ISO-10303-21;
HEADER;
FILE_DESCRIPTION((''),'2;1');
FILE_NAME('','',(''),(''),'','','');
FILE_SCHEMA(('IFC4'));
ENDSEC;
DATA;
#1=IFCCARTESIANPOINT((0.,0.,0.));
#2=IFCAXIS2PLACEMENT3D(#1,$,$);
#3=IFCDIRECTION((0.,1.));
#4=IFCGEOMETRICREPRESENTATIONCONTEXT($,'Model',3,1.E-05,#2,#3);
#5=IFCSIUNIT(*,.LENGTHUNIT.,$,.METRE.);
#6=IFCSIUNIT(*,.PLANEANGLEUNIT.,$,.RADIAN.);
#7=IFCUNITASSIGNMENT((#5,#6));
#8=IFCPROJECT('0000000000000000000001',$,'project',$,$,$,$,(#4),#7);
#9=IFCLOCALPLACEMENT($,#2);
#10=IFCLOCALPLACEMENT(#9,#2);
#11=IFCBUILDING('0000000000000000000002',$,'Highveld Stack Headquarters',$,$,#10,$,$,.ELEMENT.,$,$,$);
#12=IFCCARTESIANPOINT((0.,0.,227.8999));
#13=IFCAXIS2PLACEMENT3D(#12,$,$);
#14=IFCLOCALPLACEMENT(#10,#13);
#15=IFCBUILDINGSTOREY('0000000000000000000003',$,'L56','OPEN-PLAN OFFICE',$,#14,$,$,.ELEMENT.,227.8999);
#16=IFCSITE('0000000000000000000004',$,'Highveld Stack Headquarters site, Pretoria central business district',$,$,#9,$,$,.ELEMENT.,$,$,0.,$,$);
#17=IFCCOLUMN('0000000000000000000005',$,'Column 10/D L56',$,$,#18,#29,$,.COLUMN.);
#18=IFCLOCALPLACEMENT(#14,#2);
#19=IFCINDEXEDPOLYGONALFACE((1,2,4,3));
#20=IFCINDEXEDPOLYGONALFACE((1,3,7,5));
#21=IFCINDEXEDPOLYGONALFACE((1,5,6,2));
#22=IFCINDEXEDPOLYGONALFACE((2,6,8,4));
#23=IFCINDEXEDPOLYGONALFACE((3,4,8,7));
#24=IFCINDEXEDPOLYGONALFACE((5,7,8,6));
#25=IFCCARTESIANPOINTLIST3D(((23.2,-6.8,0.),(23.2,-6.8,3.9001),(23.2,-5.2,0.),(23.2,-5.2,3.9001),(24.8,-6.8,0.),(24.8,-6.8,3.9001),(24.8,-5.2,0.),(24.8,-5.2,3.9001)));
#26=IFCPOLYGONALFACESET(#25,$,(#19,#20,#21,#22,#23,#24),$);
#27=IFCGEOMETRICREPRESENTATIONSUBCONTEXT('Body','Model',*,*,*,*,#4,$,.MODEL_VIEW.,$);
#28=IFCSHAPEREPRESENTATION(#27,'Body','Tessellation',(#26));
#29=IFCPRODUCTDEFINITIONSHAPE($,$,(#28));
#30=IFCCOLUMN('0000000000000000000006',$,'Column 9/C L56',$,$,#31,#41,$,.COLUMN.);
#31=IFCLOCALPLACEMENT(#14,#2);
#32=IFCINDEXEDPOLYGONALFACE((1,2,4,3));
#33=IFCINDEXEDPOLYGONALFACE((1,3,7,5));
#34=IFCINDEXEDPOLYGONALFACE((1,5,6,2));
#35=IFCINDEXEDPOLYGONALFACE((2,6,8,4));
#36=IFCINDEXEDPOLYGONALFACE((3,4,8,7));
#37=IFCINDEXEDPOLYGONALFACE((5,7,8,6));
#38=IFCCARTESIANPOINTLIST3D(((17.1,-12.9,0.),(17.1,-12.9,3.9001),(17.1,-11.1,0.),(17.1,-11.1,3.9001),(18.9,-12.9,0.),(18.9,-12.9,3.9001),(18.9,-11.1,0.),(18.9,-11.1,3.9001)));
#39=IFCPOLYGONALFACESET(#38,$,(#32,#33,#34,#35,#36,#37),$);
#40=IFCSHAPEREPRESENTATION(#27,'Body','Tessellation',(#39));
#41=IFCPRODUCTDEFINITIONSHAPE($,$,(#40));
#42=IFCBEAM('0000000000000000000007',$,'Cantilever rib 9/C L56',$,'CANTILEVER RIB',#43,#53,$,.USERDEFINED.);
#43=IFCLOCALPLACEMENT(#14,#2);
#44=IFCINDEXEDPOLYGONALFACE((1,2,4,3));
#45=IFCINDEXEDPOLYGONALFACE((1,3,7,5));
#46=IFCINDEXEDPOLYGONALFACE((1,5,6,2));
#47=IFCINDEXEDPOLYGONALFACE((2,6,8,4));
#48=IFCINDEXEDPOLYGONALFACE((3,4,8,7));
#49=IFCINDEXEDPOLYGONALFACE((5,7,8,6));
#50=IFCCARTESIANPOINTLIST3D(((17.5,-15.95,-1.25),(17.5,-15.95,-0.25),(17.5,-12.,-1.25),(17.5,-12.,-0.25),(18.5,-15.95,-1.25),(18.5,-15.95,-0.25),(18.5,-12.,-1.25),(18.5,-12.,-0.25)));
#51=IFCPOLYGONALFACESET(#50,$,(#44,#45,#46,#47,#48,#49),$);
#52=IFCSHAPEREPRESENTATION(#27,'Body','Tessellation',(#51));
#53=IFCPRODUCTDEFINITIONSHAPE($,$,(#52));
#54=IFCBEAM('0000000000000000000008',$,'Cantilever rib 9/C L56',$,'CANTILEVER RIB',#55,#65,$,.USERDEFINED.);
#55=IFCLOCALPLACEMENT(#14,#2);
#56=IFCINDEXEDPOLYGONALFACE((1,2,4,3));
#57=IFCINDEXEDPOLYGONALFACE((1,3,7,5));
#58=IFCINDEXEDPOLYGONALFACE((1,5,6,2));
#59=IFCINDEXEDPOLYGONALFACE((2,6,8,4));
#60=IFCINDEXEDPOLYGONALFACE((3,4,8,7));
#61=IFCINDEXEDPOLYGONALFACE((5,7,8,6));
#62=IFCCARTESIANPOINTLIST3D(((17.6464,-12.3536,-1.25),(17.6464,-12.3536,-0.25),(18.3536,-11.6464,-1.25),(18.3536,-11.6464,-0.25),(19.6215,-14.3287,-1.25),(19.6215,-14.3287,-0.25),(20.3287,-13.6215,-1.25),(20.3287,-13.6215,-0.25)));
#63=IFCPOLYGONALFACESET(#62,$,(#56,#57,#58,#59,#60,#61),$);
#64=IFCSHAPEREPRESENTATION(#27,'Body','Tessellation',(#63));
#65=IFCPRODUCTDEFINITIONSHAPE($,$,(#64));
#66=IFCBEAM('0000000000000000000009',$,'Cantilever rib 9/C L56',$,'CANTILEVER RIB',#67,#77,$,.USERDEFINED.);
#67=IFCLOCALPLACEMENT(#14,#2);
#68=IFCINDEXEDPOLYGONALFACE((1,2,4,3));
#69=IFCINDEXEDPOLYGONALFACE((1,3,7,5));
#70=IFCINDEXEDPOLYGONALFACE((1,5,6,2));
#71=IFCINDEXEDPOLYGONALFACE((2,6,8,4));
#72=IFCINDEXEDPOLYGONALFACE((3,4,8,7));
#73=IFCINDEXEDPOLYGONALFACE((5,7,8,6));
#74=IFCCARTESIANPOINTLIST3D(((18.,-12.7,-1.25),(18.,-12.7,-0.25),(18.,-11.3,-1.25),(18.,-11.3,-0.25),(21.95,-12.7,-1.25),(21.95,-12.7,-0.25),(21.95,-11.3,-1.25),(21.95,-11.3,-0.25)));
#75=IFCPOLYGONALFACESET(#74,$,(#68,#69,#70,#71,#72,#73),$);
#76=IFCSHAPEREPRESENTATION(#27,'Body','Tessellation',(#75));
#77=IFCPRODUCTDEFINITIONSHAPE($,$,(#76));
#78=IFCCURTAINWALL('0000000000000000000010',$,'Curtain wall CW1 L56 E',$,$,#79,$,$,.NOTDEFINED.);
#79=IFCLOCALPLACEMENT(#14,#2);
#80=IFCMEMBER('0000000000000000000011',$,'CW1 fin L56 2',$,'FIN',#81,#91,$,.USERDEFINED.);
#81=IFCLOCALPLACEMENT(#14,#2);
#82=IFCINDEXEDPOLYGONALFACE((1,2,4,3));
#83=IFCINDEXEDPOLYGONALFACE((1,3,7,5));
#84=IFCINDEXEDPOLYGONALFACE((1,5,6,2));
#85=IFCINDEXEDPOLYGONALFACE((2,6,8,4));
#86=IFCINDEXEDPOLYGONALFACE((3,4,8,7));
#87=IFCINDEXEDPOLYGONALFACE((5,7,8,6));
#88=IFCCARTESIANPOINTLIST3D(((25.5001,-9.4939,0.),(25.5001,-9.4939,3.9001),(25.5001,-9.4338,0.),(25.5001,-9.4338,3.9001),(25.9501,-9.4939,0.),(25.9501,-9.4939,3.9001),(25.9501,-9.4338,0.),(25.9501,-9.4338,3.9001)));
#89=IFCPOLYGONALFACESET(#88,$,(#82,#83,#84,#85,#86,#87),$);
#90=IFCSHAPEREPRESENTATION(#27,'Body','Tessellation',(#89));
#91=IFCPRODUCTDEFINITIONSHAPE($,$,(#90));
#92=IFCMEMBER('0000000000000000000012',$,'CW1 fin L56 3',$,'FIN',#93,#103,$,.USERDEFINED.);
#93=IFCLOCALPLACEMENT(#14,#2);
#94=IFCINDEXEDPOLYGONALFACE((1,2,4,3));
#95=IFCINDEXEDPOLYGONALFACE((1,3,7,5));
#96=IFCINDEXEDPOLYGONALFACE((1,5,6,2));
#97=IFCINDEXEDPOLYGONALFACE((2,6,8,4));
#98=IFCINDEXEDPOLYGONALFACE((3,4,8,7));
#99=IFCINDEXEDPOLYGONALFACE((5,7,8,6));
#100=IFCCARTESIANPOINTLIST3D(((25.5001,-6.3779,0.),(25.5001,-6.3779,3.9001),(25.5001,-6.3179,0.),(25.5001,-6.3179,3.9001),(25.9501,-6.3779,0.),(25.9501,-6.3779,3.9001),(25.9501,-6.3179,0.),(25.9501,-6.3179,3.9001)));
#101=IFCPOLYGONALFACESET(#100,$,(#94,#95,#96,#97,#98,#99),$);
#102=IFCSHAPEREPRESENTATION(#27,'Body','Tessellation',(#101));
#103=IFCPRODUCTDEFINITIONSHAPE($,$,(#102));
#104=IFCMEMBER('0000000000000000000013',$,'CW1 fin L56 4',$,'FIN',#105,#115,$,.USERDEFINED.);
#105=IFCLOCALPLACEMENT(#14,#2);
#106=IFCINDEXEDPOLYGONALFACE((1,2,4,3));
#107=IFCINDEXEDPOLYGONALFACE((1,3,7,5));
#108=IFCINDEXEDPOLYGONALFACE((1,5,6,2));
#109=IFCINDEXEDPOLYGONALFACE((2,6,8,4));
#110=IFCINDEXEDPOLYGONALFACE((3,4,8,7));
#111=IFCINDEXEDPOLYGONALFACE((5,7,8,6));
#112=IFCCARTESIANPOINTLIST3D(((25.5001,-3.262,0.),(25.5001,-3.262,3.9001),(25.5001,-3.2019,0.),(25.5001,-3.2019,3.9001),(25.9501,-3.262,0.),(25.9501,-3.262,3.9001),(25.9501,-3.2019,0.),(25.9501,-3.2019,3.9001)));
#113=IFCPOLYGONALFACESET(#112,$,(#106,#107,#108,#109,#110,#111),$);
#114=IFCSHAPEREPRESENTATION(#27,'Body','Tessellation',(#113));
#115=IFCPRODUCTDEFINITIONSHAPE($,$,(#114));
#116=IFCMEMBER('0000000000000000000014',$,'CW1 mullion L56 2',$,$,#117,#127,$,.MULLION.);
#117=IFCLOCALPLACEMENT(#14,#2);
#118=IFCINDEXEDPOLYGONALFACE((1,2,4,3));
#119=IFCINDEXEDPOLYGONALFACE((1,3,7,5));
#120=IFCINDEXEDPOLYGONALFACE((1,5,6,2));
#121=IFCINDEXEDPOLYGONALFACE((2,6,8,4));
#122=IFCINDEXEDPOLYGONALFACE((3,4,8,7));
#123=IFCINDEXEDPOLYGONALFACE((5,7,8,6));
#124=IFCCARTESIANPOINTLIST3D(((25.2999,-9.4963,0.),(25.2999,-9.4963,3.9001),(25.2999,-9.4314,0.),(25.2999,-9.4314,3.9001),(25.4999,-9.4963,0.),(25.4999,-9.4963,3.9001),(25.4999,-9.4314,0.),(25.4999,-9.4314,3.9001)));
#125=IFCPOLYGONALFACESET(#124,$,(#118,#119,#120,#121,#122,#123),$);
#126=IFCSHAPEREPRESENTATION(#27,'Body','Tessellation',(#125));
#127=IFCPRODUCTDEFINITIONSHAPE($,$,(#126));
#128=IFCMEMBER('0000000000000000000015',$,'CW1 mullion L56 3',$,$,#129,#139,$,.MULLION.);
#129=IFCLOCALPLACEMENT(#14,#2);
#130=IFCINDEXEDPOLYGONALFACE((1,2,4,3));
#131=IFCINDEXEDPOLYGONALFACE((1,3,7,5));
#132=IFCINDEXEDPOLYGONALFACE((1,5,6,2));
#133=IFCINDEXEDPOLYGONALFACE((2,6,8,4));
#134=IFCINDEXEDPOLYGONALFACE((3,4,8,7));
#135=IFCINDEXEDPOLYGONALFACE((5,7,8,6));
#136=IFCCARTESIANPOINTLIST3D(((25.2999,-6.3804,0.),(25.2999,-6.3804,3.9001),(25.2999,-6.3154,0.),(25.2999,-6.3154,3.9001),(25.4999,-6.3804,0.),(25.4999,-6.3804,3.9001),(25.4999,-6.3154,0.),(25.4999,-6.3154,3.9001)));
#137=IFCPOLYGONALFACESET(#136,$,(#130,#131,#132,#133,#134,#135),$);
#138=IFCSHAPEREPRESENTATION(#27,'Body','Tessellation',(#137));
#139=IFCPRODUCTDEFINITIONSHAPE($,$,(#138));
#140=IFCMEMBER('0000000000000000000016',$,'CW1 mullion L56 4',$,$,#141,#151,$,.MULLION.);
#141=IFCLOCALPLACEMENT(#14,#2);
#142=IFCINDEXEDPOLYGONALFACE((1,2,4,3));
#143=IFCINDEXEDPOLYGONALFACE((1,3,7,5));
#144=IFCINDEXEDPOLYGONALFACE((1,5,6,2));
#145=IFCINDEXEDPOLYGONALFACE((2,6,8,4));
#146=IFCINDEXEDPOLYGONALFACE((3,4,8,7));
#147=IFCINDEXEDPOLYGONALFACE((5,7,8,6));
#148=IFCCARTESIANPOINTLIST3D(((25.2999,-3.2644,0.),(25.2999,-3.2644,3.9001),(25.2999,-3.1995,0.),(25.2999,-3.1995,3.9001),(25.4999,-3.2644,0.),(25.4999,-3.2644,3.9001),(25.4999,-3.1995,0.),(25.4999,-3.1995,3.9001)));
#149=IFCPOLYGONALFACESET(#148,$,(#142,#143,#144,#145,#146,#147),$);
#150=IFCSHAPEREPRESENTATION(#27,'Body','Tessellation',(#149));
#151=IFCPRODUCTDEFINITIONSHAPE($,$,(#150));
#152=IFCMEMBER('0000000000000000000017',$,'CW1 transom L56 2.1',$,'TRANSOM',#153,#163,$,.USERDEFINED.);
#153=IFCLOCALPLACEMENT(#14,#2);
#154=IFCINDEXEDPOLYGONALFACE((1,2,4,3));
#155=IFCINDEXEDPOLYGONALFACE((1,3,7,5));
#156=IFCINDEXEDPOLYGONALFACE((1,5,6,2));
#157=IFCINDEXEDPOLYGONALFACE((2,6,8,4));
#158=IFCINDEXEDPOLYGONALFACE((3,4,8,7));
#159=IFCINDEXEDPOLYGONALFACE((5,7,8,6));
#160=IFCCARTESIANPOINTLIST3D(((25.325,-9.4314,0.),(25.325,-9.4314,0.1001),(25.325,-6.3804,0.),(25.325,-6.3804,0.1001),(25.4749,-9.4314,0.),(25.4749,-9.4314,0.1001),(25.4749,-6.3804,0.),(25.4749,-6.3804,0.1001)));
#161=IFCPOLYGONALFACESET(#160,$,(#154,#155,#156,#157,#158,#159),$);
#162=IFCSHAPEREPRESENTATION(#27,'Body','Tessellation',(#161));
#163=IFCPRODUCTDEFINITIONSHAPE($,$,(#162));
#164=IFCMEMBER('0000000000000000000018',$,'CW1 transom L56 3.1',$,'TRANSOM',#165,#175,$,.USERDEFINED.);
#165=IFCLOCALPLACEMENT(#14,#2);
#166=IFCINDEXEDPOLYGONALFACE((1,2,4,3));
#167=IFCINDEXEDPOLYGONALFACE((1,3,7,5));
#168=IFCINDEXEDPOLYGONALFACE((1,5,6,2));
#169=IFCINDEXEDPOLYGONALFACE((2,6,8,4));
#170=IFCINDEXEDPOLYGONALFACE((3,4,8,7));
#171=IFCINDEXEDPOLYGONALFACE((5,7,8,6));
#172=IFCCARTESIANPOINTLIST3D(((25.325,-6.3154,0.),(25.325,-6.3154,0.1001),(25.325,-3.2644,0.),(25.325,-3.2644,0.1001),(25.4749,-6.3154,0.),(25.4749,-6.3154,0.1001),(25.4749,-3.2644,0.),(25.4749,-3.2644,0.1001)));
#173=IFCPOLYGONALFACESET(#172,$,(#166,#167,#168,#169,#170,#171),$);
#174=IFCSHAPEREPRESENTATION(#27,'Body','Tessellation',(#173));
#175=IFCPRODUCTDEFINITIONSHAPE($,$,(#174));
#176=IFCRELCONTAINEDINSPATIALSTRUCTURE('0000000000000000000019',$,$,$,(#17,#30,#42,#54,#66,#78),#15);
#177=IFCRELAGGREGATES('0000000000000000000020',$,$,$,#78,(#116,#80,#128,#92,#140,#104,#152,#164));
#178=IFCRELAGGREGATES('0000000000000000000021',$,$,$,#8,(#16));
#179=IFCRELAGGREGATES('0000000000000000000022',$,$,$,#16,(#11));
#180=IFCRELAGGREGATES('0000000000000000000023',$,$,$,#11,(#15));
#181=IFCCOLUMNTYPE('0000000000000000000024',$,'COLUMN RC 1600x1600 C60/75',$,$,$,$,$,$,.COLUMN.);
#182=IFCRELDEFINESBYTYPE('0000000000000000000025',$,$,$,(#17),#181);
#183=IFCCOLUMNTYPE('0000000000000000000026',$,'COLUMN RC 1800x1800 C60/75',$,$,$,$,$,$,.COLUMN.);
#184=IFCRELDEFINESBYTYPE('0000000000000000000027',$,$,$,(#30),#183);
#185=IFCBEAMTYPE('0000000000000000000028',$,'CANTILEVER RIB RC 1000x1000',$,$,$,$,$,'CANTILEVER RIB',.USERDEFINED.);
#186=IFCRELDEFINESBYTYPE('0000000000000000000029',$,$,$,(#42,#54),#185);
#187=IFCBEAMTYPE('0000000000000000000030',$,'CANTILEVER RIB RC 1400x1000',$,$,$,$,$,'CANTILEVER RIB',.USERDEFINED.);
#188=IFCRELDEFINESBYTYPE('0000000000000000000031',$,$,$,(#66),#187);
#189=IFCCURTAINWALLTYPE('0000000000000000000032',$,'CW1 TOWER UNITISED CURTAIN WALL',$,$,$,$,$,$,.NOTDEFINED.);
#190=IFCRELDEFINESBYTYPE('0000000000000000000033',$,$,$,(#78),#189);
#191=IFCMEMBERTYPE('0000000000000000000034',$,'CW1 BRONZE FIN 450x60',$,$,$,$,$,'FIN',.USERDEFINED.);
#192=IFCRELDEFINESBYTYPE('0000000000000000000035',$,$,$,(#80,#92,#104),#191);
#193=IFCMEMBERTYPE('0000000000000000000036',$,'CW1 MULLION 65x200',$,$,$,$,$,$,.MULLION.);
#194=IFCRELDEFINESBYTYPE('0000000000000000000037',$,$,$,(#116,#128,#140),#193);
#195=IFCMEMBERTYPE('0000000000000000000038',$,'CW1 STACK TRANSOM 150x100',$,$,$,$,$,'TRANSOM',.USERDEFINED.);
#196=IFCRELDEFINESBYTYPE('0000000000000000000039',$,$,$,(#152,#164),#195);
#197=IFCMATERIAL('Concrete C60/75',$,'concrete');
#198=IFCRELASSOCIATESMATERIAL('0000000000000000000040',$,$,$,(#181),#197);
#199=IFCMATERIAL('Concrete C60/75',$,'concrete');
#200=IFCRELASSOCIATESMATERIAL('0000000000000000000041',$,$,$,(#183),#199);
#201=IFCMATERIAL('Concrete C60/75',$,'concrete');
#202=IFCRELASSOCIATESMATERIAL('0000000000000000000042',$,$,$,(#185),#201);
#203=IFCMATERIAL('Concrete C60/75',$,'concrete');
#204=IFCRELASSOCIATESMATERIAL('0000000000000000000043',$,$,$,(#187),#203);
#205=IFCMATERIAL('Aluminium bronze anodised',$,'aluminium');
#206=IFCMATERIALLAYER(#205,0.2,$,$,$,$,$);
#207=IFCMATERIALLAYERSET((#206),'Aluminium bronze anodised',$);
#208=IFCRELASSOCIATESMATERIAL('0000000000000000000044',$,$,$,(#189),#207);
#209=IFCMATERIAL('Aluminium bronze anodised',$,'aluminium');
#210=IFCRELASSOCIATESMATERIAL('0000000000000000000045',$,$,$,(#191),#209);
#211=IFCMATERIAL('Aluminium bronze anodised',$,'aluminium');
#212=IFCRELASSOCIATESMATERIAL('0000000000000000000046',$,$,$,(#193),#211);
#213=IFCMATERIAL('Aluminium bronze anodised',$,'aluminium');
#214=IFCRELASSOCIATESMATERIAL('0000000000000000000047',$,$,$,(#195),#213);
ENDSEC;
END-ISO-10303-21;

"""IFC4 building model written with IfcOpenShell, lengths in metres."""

from ifc_helpers import new_model, si_unit, direction, frame, origin, origin_2d, place, context, subcontext, project, spatial, rectangle, extrude, material, layer, layer_set, material_profile, profile_set, type_object, element, aggregate, save


model = new_model("IFC4")

# Units and contexts
model_context = context("Model", 3, precision=1e-05, world=origin(), true_north=direction((0.0, 1.0)))
body_context = subcontext(model_context, "Body", "Model", "MODEL_VIEW")
ifc_project = project(units=[si_unit("LENGTHUNIT", "METRE"), si_unit("PLANEANGLEUNIT", "RADIAN")], contexts=[model_context])

# Site, building, storey
site_placement = place(None, origin())
site = spatial("IfcSite", under=ifc_project, at=site_placement, Name="Highveld Stack Headquarters site, Pretoria central business district", CompositionType="ELEMENT", RefElevation=0.0)
building_placement = place(site_placement, origin())
building = spatial("IfcBuilding", under=site, at=building_placement, Name="Highveld Stack Headquarters", CompositionType="ELEMENT")
storey_placement = place(building_placement, frame((0.0, 0.0, 227.8999)))
storey = spatial("IfcBuildingStorey", under=building, at=storey_placement, Name="L56", Description="OPEN-PLAN OFFICE", CompositionType="ELEMENT", Elevation=227.8999)

# Columns
ifc_material_1 = material(Name="Concrete C60/75", Category="concrete")
ifc_material_profile_1 = material_profile(ifc_material_1, rectangle(XDim=1.6001, YDim=1.6001, at=origin_2d()), Name="RC 1600x1600")
ifc_profile_set_1 = profile_set([ifc_material_profile_1], Name="Concrete C60/75")
column_type_1 = type_object("IfcColumnType", Name="COLUMN RC 1600x1600 C60/75", PredefinedType="COLUMN", material=ifc_profile_set_1)
column_1_placement = place(storey_placement, frame((24.0, -6.0, 0.0), z_axis=(0.0, 0.0, 1.0), x_axis=(1.0, 0.0, 0.0)))
element("IfcColumn", 1, at=column_1_placement, inside=storey, type_object=column_type_1, Name="Column 10/D L56", PredefinedType="COLUMN", context=body_context, shape_type="SweptSolid", body=[
    extrude(rectangle(XDim=1.6001, YDim=1.6001, at=origin_2d()), origin(), (0.0, 0.0, 1.0), 3.9001),
])
ifc_material_2 = material(Name="Concrete C60/75", Category="concrete")
ifc_material_profile_2 = material_profile(ifc_material_2, rectangle(XDim=1.8, YDim=1.8, at=origin_2d()), Name="RC 1800x1800")
ifc_profile_set_2 = profile_set([ifc_material_profile_2], Name="Concrete C60/75")
column_type_2 = type_object("IfcColumnType", Name="COLUMN RC 1800x1800 C60/75", PredefinedType="COLUMN", material=ifc_profile_set_2)
column_2_placement = place(storey_placement, frame((18.0, -12.0, 0.0), z_axis=(0.0, 0.0, 1.0), x_axis=(1.0, 0.0, 0.0)))
element("IfcColumn", 2, at=column_2_placement, inside=storey, type_object=column_type_2, Name="Column 9/C L56", PredefinedType="COLUMN", context=body_context, shape_type="SweptSolid", body=[
    extrude(rectangle(XDim=1.8, YDim=1.8, at=origin_2d()), origin(), (0.0, 0.0, 1.0), 3.9001),
])

# Beams
ifc_material_3 = material(Name="Concrete C60/75", Category="concrete")
ifc_material_profile_3 = material_profile(ifc_material_3, rectangle(XDim=1.0, YDim=1.0, at=origin_2d()), Name="RC 1000x1000")
ifc_profile_set_3 = profile_set([ifc_material_profile_3], Name="Concrete C60/75")
beam_type_1 = type_object("IfcBeamType", Name="CANTILEVER RIB RC 1000x1000", ElementType="CANTILEVER RIB", PredefinedType="USERDEFINED", material=ifc_profile_set_3)
beam_1_placement = place(storey_placement, frame((18.0, -12.0, -0.75), z_axis=(0.0, -1.0, 0.0), x_axis=(1.0, 0.0, 0.0)))
element("IfcBeam", 3, at=beam_1_placement, inside=storey, type_object=beam_type_1, Name="Cantilever rib 9/C L56", ObjectType="CANTILEVER RIB", PredefinedType="USERDEFINED", context=body_context, shape_type="SweptSolid", body=[
    extrude(rectangle(XDim=1.0, YDim=1.0, at=origin_2d()), origin(), (0.0, 0.0, 1.0), 3.95),
])
beam_2_placement = place(storey_placement, frame((18.0, -12.0, -0.75), z_axis=(0.707107, -0.707107, 0.0), x_axis=(0.707107, 0.707107, 0.0)))
element("IfcBeam", 4, at=beam_2_placement, inside=storey, type_object=beam_type_1, Name="Cantilever rib 9/C L56", ObjectType="CANTILEVER RIB", PredefinedType="USERDEFINED", context=body_context, shape_type="SweptSolid", body=[
    extrude(rectangle(XDim=1.0, YDim=1.0, at=origin_2d()), origin(), (0.0, 0.0, 1.0), 2.7932),
])
ifc_material_4 = material(Name="Concrete C60/75", Category="concrete")
ifc_material_profile_4 = material_profile(ifc_material_4, rectangle(XDim=1.3999, YDim=1.0, at=origin_2d()), Name="RC 1400x1000")
ifc_profile_set_4 = profile_set([ifc_material_profile_4], Name="Concrete C60/75")
beam_type_2 = type_object("IfcBeamType", Name="CANTILEVER RIB RC 1400x1000", ElementType="CANTILEVER RIB", PredefinedType="USERDEFINED", material=ifc_profile_set_4)
beam_3_placement = place(storey_placement, frame((18.0, -12.0, -0.75), z_axis=(1.0, 0.0, 0.0), x_axis=(0.0, 1.0, 0.0)))
element("IfcBeam", 5, at=beam_3_placement, inside=storey, type_object=beam_type_2, Name="Cantilever rib 9/C L56", ObjectType="CANTILEVER RIB", PredefinedType="USERDEFINED", context=body_context, shape_type="SweptSolid", body=[
    extrude(rectangle(XDim=1.3999, YDim=1.0, at=origin_2d()), origin(), (0.0, 0.0, 1.0), 3.95),
])

# Curtain wall, members
ifc_material_5 = material(Name="Aluminium bronze anodised", Category="aluminium")
ifc_layer_1 = layer(ifc_material_5, 0.2)
ifc_layer_set_1 = layer_set([ifc_layer_1], Name="Aluminium bronze anodised")
curtain_wall_type = type_object("IfcCurtainWallType", Name="CW1 TOWER UNITISED CURTAIN WALL", PredefinedType="NOTDEFINED", material=ifc_layer_set_1)
curtain_wall_placement = place(storey_placement, origin())
curtain_wall = element("IfcCurtainWall", 6, at=curtain_wall_placement, inside=storey, type_object=curtain_wall_type, Name="Curtain wall CW1 L56 E", PredefinedType="NOTDEFINED")
ifc_material_6 = material(Name="Aluminium bronze anodised", Category="aluminium")
ifc_material_profile_5 = material_profile(ifc_material_6, rectangle(XDim=0.45, YDim=0.0601, at=origin_2d()), Name="FIN 450x60")
ifc_profile_set_5 = profile_set([ifc_material_profile_5], Name="Aluminium bronze anodised")
member_type_1 = type_object("IfcMemberType", Name="CW1 BRONZE FIN 450x60", ElementType="FIN", PredefinedType="USERDEFINED", material=ifc_profile_set_5)
member_1_placement = place(storey_placement, frame((25.7251, -9.4639, 0.0), z_axis=(0.0, 0.0, 1.0), x_axis=(-1.0, 0.0, 0.0)))
member_1 = element("IfcMember", 7, at=member_1_placement, type_object=member_type_1, Name="CW1 fin L56 2", ObjectType="FIN", PredefinedType="USERDEFINED", context=body_context, shape_type="SweptSolid", body=[
    extrude(rectangle(XDim=0.45, YDim=0.0601, at=origin_2d()), origin(), (0.0, 0.0, 1.0), 3.9001),
])
member_2_placement = place(storey_placement, frame((25.7251, -6.3479, 0.0), z_axis=(0.0, 0.0, 1.0), x_axis=(-1.0, 0.0, 0.0)))
member_2 = element("IfcMember", 8, at=member_2_placement, type_object=member_type_1, Name="CW1 fin L56 3", ObjectType="FIN", PredefinedType="USERDEFINED", context=body_context, shape_type="SweptSolid", body=[
    extrude(rectangle(XDim=0.45, YDim=0.0601, at=origin_2d()), origin(), (0.0, 0.0, 1.0), 3.9001),
])
member_3_placement = place(storey_placement, frame((25.7251, -3.2319, 0.0), z_axis=(0.0, 0.0, 1.0), x_axis=(-1.0, 0.0, 0.0)))
member_3 = element("IfcMember", 9, at=member_3_placement, type_object=member_type_1, Name="CW1 fin L56 4", ObjectType="FIN", PredefinedType="USERDEFINED", context=body_context, shape_type="SweptSolid", body=[
    extrude(rectangle(XDim=0.45, YDim=0.0601, at=origin_2d()), origin(), (0.0, 0.0, 1.0), 3.9001),
])
ifc_material_7 = material(Name="Aluminium bronze anodised", Category="aluminium")
ifc_material_profile_6 = material_profile(ifc_material_7, rectangle(XDim=0.2, YDim=0.0649, at=origin_2d()), Name="CW1 MULLION 65x200")
ifc_profile_set_6 = profile_set([ifc_material_profile_6], Name="Aluminium bronze anodised")
member_type_2 = type_object("IfcMemberType", Name="CW1 MULLION 65x200", PredefinedType="MULLION", material=ifc_profile_set_6)
member_4_placement = place(storey_placement, frame((25.3999, -9.4639, 0.0), z_axis=(0.0, 0.0, 1.0), x_axis=(-1.0, 0.0, 0.0)))
member_4 = element("IfcMember", 10, at=member_4_placement, type_object=member_type_2, Name="CW1 mullion L56 2", PredefinedType="MULLION", context=body_context, shape_type="SweptSolid", body=[
    extrude(rectangle(XDim=0.2, YDim=0.0649, at=origin_2d()), origin(), (0.0, 0.0, 1.0), 3.9001),
])
member_5_placement = place(storey_placement, frame((25.3999, -6.3479, 0.0), z_axis=(0.0, 0.0, 1.0), x_axis=(-1.0, 0.0, 0.0)))
member_5 = element("IfcMember", 11, at=member_5_placement, type_object=member_type_2, Name="CW1 mullion L56 3", PredefinedType="MULLION", context=body_context, shape_type="SweptSolid", body=[
    extrude(rectangle(XDim=0.2, YDim=0.0649, at=origin_2d()), origin(), (0.0, 0.0, 1.0), 3.9001),
])
member_6_placement = place(storey_placement, frame((25.3999, -3.2319, 0.0), z_axis=(0.0, 0.0, 1.0), x_axis=(-1.0, 0.0, 0.0)))
member_6 = element("IfcMember", 12, at=member_6_placement, type_object=member_type_2, Name="CW1 mullion L56 4", PredefinedType="MULLION", context=body_context, shape_type="SweptSolid", body=[
    extrude(rectangle(XDim=0.2, YDim=0.0649, at=origin_2d()), origin(), (0.0, 0.0, 1.0), 3.9001),
])
ifc_material_8 = material(Name="Aluminium bronze anodised", Category="aluminium")
ifc_material_profile_7 = material_profile(ifc_material_8, rectangle(XDim=0.1499, YDim=0.1001, at=origin_2d()), Name="CW1 TRANSOM 150x100")
ifc_profile_set_7 = profile_set([ifc_material_profile_7], Name="Aluminium bronze anodised")
member_type_3 = type_object("IfcMemberType", Name="CW1 STACK TRANSOM 150x100", ElementType="TRANSOM", PredefinedType="USERDEFINED", material=ifc_profile_set_7)
member_7_placement = place(storey_placement, frame((25.3999, -9.4314, 0.05), z_axis=(0.0, 1.0, 0.0), x_axis=(-1.0, 0.0, 0.0)))
member_7 = element("IfcMember", 13, at=member_7_placement, type_object=member_type_3, Name="CW1 transom L56 2.1", ObjectType="TRANSOM", PredefinedType="USERDEFINED", context=body_context, shape_type="SweptSolid", body=[
    extrude(rectangle(XDim=0.1499, YDim=0.1001, at=origin_2d()), origin(), (0.0, 0.0, 1.0), 3.051),
])
member_8_placement = place(storey_placement, frame((25.3999, -6.3154, 0.05), z_axis=(0.0, 1.0, 0.0), x_axis=(-1.0, 0.0, 0.0)))
member_8 = element("IfcMember", 14, at=member_8_placement, type_object=member_type_3, Name="CW1 transom L56 3.1", ObjectType="TRANSOM", PredefinedType="USERDEFINED", context=body_context, shape_type="SweptSolid", body=[
    extrude(rectangle(XDim=0.1499, YDim=0.1001, at=origin_2d()), origin(), (0.0, 0.0, 1.0), 3.051),
])

aggregate(curtain_wall, [member_4, member_1, member_5, member_2, member_6, member_3, member_7, member_8])

save(model, "model.ifc")
